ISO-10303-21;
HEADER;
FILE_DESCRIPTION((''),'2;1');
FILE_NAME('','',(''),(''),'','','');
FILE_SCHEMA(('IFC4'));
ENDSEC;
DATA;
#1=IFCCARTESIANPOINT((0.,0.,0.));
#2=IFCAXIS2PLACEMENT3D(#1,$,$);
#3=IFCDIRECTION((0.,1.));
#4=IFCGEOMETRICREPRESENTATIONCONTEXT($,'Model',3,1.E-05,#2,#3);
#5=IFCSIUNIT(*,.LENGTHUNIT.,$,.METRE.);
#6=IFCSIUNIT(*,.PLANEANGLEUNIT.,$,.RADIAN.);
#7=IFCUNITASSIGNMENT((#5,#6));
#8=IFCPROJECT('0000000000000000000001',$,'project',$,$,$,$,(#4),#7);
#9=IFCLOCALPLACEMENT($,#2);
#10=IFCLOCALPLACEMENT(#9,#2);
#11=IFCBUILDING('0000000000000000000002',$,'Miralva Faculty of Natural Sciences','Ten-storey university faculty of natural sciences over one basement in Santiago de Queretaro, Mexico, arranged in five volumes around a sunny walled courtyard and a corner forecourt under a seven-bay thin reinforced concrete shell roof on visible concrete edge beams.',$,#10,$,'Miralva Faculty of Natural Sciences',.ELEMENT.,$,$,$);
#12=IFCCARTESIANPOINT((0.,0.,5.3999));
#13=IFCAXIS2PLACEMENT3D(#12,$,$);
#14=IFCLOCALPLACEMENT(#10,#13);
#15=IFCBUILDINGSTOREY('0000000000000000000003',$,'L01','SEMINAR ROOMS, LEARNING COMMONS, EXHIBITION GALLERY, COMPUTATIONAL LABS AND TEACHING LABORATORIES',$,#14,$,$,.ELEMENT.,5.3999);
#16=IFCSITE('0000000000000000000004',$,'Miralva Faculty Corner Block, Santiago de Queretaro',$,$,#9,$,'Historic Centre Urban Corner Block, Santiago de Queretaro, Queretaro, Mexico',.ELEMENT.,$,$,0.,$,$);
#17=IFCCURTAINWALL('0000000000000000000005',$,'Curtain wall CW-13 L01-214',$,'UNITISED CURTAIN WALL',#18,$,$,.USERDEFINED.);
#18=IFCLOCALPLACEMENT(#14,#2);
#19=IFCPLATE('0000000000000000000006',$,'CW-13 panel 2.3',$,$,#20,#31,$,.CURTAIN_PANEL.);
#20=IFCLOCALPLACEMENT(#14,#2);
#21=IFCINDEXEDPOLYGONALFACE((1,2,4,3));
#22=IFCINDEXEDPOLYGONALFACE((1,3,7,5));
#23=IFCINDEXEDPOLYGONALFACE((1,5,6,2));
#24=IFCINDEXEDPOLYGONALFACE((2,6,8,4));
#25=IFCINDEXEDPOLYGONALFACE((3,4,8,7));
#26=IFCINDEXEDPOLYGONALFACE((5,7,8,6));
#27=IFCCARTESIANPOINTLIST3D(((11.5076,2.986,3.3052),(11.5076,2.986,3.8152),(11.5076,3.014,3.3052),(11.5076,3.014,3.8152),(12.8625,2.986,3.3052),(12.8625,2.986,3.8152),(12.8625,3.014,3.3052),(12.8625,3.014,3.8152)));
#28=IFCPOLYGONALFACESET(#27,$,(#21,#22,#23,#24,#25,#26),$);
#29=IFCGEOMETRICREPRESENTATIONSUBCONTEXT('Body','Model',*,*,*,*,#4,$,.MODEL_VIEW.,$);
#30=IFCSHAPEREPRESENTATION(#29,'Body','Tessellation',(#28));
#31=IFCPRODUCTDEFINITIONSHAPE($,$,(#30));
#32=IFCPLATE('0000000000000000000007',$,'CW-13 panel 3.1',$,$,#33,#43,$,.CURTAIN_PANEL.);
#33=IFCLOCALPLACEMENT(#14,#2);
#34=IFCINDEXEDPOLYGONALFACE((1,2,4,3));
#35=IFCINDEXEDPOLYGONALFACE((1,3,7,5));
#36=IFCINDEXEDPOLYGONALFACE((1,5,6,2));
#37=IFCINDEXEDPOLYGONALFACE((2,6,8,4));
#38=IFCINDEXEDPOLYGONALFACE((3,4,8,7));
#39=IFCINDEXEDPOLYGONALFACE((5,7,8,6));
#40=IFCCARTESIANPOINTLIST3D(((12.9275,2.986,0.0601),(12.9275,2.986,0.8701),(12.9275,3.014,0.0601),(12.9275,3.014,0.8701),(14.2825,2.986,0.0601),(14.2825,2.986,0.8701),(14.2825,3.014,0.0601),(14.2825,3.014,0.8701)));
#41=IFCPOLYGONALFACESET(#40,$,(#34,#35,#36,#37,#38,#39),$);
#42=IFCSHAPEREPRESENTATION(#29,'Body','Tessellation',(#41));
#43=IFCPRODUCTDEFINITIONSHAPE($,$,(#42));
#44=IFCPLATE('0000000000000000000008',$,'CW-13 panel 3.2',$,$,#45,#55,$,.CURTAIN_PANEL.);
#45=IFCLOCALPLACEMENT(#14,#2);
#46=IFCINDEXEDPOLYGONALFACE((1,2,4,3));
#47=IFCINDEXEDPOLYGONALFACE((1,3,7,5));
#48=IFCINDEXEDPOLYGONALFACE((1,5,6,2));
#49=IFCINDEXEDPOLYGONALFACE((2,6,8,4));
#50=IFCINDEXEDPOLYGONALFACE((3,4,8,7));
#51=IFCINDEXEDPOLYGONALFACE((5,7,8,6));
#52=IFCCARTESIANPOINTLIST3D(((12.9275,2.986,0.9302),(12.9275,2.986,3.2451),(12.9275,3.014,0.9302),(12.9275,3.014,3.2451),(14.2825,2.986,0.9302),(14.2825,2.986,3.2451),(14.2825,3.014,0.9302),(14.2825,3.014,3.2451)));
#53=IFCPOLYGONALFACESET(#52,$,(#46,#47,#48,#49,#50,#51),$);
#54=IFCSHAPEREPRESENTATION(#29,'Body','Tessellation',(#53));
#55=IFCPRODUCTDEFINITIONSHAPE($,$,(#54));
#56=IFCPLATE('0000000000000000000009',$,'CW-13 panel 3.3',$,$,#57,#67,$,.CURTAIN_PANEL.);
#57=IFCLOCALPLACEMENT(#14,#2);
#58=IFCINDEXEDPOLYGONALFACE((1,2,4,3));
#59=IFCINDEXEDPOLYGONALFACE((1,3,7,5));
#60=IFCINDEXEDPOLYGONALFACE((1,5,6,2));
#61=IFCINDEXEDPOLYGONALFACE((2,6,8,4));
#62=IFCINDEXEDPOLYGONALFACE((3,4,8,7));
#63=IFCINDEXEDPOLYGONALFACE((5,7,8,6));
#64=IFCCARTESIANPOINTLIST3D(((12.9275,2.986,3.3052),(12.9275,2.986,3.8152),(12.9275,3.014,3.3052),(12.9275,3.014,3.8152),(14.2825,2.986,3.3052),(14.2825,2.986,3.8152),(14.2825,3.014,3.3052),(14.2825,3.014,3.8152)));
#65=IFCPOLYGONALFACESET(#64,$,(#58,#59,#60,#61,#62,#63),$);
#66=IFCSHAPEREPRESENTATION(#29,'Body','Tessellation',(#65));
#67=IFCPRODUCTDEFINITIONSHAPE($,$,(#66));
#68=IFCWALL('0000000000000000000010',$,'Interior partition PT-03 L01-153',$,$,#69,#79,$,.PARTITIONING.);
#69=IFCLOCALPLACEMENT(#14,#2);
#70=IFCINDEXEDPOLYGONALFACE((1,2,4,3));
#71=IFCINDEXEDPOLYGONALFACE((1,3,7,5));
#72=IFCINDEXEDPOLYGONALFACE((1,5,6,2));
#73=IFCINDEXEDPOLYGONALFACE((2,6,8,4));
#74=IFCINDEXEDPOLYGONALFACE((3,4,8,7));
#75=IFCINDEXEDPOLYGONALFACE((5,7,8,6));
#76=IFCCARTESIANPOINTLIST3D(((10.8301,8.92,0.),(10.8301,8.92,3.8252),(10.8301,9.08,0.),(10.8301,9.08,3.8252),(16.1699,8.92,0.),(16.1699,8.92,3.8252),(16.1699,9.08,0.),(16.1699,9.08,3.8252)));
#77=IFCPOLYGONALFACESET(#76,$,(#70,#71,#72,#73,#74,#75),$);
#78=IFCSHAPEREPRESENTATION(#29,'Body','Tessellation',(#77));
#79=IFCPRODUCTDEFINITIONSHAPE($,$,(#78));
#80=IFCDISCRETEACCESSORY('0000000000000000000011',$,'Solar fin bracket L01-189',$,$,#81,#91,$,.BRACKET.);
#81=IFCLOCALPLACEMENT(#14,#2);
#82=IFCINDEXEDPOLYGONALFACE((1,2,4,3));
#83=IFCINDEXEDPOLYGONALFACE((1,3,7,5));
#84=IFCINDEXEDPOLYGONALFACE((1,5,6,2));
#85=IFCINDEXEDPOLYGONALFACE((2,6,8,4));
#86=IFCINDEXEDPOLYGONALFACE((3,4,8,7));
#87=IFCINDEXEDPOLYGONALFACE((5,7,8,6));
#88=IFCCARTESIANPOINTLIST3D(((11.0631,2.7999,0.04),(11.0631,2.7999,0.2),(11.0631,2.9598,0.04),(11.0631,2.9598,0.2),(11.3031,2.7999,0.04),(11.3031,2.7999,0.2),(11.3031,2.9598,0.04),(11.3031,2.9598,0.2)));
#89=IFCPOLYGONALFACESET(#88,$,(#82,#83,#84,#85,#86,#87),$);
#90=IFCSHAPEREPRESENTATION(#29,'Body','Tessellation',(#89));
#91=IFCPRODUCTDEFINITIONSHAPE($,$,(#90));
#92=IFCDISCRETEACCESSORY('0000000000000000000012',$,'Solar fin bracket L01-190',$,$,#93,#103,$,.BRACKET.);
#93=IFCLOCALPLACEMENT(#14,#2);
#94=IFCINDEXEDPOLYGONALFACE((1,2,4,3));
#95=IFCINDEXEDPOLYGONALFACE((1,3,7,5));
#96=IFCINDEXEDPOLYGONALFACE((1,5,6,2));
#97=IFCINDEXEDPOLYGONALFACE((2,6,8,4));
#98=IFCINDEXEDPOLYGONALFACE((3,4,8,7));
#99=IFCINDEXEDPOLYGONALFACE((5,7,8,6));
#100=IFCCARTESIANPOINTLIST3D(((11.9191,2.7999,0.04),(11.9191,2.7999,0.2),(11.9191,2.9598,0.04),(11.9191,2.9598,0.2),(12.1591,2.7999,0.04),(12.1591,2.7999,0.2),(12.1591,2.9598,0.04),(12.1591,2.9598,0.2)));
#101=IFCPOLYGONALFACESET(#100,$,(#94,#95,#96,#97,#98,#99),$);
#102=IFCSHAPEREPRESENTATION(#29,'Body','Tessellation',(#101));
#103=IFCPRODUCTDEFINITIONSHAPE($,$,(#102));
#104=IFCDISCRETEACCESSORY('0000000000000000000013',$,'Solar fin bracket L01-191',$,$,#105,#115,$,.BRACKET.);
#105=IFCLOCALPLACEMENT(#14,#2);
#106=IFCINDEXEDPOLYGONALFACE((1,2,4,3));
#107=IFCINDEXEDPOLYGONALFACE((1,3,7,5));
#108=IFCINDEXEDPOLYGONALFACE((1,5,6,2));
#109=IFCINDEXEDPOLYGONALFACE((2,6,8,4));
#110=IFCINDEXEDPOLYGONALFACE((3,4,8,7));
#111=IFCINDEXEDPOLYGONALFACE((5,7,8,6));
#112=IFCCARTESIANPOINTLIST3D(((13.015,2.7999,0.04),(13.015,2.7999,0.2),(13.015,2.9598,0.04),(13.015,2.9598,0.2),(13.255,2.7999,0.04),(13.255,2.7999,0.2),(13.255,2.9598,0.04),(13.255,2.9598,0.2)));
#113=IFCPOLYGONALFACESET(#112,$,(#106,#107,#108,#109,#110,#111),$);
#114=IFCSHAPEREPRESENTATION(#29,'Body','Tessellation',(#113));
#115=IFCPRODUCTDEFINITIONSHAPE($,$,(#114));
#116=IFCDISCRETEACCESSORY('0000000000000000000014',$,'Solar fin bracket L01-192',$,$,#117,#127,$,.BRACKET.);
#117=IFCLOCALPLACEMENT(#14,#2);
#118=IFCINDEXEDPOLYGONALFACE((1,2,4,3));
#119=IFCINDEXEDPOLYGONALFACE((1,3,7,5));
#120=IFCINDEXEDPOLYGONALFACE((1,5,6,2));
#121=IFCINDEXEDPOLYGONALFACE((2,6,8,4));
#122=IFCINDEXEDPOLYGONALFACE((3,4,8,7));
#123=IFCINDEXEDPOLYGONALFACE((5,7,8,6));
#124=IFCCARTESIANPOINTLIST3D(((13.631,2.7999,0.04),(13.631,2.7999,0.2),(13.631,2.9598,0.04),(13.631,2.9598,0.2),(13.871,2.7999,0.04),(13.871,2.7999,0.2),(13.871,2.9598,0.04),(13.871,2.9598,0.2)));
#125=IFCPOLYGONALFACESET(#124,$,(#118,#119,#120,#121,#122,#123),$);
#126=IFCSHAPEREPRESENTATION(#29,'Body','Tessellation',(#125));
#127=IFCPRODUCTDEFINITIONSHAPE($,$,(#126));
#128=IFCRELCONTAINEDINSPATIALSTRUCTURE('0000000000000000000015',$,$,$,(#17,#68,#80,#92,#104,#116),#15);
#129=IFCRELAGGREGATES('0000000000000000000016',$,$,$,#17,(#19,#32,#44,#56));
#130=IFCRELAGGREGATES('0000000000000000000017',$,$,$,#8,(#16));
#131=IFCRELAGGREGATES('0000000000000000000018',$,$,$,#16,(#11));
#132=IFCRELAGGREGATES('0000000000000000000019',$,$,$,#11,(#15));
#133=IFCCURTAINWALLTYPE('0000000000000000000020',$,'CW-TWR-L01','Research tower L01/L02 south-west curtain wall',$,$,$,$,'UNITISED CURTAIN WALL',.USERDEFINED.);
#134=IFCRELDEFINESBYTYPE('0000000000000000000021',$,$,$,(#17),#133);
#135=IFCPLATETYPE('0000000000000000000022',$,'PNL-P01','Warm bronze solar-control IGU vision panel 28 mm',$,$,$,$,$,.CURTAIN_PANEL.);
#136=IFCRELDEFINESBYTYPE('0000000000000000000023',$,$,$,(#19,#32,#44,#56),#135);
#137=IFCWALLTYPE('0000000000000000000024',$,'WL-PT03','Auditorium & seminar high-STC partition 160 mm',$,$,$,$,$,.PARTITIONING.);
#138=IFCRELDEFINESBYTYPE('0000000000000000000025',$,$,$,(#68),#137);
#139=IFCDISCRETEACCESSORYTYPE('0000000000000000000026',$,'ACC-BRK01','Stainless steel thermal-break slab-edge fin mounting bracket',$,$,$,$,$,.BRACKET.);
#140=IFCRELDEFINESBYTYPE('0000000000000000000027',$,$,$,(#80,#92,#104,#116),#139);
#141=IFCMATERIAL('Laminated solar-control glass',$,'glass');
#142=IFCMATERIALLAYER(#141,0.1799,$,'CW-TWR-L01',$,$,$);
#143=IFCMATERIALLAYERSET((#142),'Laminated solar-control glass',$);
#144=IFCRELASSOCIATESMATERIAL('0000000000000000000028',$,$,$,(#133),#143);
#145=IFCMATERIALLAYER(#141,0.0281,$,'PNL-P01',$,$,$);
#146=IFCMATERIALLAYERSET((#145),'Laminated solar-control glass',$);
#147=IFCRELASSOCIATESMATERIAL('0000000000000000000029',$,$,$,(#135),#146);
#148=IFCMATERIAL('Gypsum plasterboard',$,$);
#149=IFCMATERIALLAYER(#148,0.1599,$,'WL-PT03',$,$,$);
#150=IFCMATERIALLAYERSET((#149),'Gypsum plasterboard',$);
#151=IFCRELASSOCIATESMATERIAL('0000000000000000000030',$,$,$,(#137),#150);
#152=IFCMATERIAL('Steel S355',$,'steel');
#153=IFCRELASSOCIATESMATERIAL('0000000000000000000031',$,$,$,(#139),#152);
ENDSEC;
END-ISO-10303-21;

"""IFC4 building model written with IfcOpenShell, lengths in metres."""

from ifc_helpers import new_model, si_unit, direction, frame, frame_2d, origin, origin_2d, place, context, subcontext, project, spatial, rectangle, extrude, material, layer, layer_set, type_object, element, aggregate, save


model = new_model("IFC4")

# Units and contexts
model_context = context("Model", 3, precision=1e-05, world=origin(), true_north=direction((0.0, 1.0)))
body_context = subcontext(model_context, "Body", "Model", "MODEL_VIEW")
ifc_project = project(units=[si_unit("LENGTHUNIT", "METRE"), si_unit("PLANEANGLEUNIT", "RADIAN")], contexts=[model_context])

# Site, building, storey
site_placement = place(None, origin())
site = spatial("IfcSite", under=ifc_project, at=site_placement, Name="Miralva Faculty Corner Block, Santiago de Queretaro", LongName="Historic Centre Urban Corner Block, Santiago de Queretaro, Queretaro, Mexico", CompositionType="ELEMENT", RefElevation=0.0)
building_placement = place(site_placement, origin())
building = spatial("IfcBuilding", under=site, at=building_placement, Name="Miralva Faculty of Natural Sciences", Description="Ten-storey university faculty of natural sciences over one basement in Santiago de Queretaro, Mexico, arranged in five volumes around a sunny walled courtyard and a corner forecourt under a seven-bay thin reinforced concrete shell roof on visible concrete edge beams.", LongName="Miralva Faculty of Natural Sciences", CompositionType="ELEMENT")
storey_placement = place(building_placement, frame((0.0, 0.0, 5.3999)))
storey = spatial("IfcBuildingStorey", under=building, at=storey_placement, Name="L01", Description="SEMINAR ROOMS, LEARNING COMMONS, EXHIBITION GALLERY, COMPUTATIONAL LABS AND TEACHING LABORATORIES", CompositionType="ELEMENT", Elevation=5.3999)

# Curtain wall
ifc_material_1 = material(Name="Laminated solar-control glass", Category="glass")
ifc_layer_1 = layer(ifc_material_1, 0.1799, Name="CW-TWR-L01")
ifc_layer_set_1 = layer_set([ifc_layer_1], Name="Laminated solar-control glass")
curtain_wall_type = type_object("IfcCurtainWallType", Name="CW-TWR-L01", Description="Research tower L01/L02 south-west curtain wall", ElementType="UNITISED CURTAIN WALL", PredefinedType="USERDEFINED", material=ifc_layer_set_1)
curtain_wall_placement = place(storey_placement, origin())
curtain_wall = element("IfcCurtainWall", 1, at=curtain_wall_placement, inside=storey, type_object=curtain_wall_type, Name="Curtain wall CW-13 L01-214", ObjectType="UNITISED CURTAIN WALL", PredefinedType="USERDEFINED")

# Plates
ifc_layer_2 = layer(ifc_material_1, 0.0281, Name="PNL-P01")
ifc_layer_set_2 = layer_set([ifc_layer_2], Name="Laminated solar-control glass")
plate_type = type_object("IfcPlateType", Name="PNL-P01", Description="Warm bronze solar-control IGU vision panel 28 mm", PredefinedType="CURTAIN_PANEL", material=ifc_layer_set_2)
plate_1_placement = place(storey_placement, frame((12.1851, 3.0, 3.3052), z_axis=(0.0, 0.0, 1.0), x_axis=(1.0, 0.0, 0.0)))
plate_1 = element("IfcPlate", 2, at=plate_1_placement, type_object=plate_type, Name="CW-13 panel 2.3", PredefinedType="CURTAIN_PANEL", context=body_context, shape_type="SweptSolid", body=[
    extrude(rectangle(XDim=1.355, YDim=0.0281, at=origin_2d()), origin(), (0.0, 0.0, 1.0), 0.51),
])
plate_2_placement = place(storey_placement, frame((13.605, 3.0, 0.0601), z_axis=(0.0, 0.0, 1.0), x_axis=(1.0, 0.0, 0.0)))
plate_2 = element("IfcPlate", 3, at=plate_2_placement, type_object=plate_type, Name="CW-13 panel 3.1", PredefinedType="CURTAIN_PANEL", context=body_context, shape_type="SweptSolid", body=[
    extrude(rectangle(XDim=1.355, YDim=0.0281, at=origin_2d()), origin(), (0.0, 0.0, 1.0), 0.8101),
])
plate_3_placement = place(storey_placement, frame((13.605, 3.0, 0.9302), z_axis=(0.0, 0.0, 1.0), x_axis=(1.0, 0.0, 0.0)))
plate_3 = element("IfcPlate", 4, at=plate_3_placement, type_object=plate_type, Name="CW-13 panel 3.2", PredefinedType="CURTAIN_PANEL", context=body_context, shape_type="SweptSolid", body=[
    extrude(rectangle(XDim=1.355, YDim=0.0281, at=origin_2d()), origin(), (0.0, 0.0, 1.0), 2.3149),
])
plate_4_placement = place(storey_placement, frame((13.605, 3.0, 3.3052), z_axis=(0.0, 0.0, 1.0), x_axis=(1.0, 0.0, 0.0)))
plate_4 = element("IfcPlate", 5, at=plate_4_placement, type_object=plate_type, Name="CW-13 panel 3.3", PredefinedType="CURTAIN_PANEL", context=body_context, shape_type="SweptSolid", body=[
    extrude(rectangle(XDim=1.355, YDim=0.0281, at=origin_2d()), origin(), (0.0, 0.0, 1.0), 0.51),
])
aggregate(curtain_wall, [plate_1, plate_2, plate_3, plate_4])

# Wall
ifc_material_2 = material(Name="Gypsum plasterboard")
ifc_layer_3 = layer(ifc_material_2, 0.1599, Name="WL-PT03")
ifc_layer_set_3 = layer_set([ifc_layer_3], Name="Gypsum plasterboard")
wall_type = type_object("IfcWallType", Name="WL-PT03", Description="Auditorium & seminar high-STC partition 160 mm", PredefinedType="PARTITIONING", material=ifc_layer_set_3)
wall_placement = place(storey_placement, frame((10.8301, 9.0, 0.0), z_axis=(0.0, 0.0, 1.0), x_axis=(1.0, 0.0, 0.0)))
element("IfcWall", 6, at=wall_placement, inside=storey, type_object=wall_type, Name="Interior partition PT-03 L01-153", PredefinedType="PARTITIONING", context=body_context, shape_type="SweptSolid", body=[
    extrude(rectangle(XDim=5.3398, YDim=0.1599, at=frame_2d((2.6699, 0.0))), origin(), (0.0, 0.0, 1.0), 3.8252),
])

# Discrete accessories
ifc_material_3 = material(Name="Steel S355", Category="steel")
discrete_accessory_type = type_object("IfcDiscreteAccessoryType", Name="ACC-BRK01", Description="Stainless steel thermal-break slab-edge fin mounting bracket", PredefinedType="BRACKET", material=ifc_material_3)
for number, where, z_axis, x_axis, name in (
    (7, (11.1831, 2.8799, 0.04), (0.0, 0.0, 1.0), (0.0, -1.0, 0.0), "Solar fin bracket L01-189"),
    (8, (12.0391, 2.8799, 0.04), (0.0, 0.0, 1.0), (0.0, -1.0, 0.0), "Solar fin bracket L01-190"),
    (9, (13.135, 2.8799, 0.04), (0.0, 0.0, 1.0), (0.0, -1.0, 0.0), "Solar fin bracket L01-191"),
    (10, (13.751, 2.8799, 0.04), (0.0, 0.0, 1.0), (0.0, -1.0, 0.0), "Solar fin bracket L01-192"),
):
    element("IfcDiscreteAccessory", number, at=place(storey_placement, frame(where, z_axis=z_axis, x_axis=x_axis)), inside=storey, type_object=discrete_accessory_type, Name=name, PredefinedType="BRACKET", context=body_context, shape_type="SweptSolid", body=[
        extrude(rectangle(XDim=0.1599, YDim=0.24, at=origin_2d()), origin(), (0.0, 0.0, 1.0), 0.1599),
    ])

save(model, "model.ifc")
